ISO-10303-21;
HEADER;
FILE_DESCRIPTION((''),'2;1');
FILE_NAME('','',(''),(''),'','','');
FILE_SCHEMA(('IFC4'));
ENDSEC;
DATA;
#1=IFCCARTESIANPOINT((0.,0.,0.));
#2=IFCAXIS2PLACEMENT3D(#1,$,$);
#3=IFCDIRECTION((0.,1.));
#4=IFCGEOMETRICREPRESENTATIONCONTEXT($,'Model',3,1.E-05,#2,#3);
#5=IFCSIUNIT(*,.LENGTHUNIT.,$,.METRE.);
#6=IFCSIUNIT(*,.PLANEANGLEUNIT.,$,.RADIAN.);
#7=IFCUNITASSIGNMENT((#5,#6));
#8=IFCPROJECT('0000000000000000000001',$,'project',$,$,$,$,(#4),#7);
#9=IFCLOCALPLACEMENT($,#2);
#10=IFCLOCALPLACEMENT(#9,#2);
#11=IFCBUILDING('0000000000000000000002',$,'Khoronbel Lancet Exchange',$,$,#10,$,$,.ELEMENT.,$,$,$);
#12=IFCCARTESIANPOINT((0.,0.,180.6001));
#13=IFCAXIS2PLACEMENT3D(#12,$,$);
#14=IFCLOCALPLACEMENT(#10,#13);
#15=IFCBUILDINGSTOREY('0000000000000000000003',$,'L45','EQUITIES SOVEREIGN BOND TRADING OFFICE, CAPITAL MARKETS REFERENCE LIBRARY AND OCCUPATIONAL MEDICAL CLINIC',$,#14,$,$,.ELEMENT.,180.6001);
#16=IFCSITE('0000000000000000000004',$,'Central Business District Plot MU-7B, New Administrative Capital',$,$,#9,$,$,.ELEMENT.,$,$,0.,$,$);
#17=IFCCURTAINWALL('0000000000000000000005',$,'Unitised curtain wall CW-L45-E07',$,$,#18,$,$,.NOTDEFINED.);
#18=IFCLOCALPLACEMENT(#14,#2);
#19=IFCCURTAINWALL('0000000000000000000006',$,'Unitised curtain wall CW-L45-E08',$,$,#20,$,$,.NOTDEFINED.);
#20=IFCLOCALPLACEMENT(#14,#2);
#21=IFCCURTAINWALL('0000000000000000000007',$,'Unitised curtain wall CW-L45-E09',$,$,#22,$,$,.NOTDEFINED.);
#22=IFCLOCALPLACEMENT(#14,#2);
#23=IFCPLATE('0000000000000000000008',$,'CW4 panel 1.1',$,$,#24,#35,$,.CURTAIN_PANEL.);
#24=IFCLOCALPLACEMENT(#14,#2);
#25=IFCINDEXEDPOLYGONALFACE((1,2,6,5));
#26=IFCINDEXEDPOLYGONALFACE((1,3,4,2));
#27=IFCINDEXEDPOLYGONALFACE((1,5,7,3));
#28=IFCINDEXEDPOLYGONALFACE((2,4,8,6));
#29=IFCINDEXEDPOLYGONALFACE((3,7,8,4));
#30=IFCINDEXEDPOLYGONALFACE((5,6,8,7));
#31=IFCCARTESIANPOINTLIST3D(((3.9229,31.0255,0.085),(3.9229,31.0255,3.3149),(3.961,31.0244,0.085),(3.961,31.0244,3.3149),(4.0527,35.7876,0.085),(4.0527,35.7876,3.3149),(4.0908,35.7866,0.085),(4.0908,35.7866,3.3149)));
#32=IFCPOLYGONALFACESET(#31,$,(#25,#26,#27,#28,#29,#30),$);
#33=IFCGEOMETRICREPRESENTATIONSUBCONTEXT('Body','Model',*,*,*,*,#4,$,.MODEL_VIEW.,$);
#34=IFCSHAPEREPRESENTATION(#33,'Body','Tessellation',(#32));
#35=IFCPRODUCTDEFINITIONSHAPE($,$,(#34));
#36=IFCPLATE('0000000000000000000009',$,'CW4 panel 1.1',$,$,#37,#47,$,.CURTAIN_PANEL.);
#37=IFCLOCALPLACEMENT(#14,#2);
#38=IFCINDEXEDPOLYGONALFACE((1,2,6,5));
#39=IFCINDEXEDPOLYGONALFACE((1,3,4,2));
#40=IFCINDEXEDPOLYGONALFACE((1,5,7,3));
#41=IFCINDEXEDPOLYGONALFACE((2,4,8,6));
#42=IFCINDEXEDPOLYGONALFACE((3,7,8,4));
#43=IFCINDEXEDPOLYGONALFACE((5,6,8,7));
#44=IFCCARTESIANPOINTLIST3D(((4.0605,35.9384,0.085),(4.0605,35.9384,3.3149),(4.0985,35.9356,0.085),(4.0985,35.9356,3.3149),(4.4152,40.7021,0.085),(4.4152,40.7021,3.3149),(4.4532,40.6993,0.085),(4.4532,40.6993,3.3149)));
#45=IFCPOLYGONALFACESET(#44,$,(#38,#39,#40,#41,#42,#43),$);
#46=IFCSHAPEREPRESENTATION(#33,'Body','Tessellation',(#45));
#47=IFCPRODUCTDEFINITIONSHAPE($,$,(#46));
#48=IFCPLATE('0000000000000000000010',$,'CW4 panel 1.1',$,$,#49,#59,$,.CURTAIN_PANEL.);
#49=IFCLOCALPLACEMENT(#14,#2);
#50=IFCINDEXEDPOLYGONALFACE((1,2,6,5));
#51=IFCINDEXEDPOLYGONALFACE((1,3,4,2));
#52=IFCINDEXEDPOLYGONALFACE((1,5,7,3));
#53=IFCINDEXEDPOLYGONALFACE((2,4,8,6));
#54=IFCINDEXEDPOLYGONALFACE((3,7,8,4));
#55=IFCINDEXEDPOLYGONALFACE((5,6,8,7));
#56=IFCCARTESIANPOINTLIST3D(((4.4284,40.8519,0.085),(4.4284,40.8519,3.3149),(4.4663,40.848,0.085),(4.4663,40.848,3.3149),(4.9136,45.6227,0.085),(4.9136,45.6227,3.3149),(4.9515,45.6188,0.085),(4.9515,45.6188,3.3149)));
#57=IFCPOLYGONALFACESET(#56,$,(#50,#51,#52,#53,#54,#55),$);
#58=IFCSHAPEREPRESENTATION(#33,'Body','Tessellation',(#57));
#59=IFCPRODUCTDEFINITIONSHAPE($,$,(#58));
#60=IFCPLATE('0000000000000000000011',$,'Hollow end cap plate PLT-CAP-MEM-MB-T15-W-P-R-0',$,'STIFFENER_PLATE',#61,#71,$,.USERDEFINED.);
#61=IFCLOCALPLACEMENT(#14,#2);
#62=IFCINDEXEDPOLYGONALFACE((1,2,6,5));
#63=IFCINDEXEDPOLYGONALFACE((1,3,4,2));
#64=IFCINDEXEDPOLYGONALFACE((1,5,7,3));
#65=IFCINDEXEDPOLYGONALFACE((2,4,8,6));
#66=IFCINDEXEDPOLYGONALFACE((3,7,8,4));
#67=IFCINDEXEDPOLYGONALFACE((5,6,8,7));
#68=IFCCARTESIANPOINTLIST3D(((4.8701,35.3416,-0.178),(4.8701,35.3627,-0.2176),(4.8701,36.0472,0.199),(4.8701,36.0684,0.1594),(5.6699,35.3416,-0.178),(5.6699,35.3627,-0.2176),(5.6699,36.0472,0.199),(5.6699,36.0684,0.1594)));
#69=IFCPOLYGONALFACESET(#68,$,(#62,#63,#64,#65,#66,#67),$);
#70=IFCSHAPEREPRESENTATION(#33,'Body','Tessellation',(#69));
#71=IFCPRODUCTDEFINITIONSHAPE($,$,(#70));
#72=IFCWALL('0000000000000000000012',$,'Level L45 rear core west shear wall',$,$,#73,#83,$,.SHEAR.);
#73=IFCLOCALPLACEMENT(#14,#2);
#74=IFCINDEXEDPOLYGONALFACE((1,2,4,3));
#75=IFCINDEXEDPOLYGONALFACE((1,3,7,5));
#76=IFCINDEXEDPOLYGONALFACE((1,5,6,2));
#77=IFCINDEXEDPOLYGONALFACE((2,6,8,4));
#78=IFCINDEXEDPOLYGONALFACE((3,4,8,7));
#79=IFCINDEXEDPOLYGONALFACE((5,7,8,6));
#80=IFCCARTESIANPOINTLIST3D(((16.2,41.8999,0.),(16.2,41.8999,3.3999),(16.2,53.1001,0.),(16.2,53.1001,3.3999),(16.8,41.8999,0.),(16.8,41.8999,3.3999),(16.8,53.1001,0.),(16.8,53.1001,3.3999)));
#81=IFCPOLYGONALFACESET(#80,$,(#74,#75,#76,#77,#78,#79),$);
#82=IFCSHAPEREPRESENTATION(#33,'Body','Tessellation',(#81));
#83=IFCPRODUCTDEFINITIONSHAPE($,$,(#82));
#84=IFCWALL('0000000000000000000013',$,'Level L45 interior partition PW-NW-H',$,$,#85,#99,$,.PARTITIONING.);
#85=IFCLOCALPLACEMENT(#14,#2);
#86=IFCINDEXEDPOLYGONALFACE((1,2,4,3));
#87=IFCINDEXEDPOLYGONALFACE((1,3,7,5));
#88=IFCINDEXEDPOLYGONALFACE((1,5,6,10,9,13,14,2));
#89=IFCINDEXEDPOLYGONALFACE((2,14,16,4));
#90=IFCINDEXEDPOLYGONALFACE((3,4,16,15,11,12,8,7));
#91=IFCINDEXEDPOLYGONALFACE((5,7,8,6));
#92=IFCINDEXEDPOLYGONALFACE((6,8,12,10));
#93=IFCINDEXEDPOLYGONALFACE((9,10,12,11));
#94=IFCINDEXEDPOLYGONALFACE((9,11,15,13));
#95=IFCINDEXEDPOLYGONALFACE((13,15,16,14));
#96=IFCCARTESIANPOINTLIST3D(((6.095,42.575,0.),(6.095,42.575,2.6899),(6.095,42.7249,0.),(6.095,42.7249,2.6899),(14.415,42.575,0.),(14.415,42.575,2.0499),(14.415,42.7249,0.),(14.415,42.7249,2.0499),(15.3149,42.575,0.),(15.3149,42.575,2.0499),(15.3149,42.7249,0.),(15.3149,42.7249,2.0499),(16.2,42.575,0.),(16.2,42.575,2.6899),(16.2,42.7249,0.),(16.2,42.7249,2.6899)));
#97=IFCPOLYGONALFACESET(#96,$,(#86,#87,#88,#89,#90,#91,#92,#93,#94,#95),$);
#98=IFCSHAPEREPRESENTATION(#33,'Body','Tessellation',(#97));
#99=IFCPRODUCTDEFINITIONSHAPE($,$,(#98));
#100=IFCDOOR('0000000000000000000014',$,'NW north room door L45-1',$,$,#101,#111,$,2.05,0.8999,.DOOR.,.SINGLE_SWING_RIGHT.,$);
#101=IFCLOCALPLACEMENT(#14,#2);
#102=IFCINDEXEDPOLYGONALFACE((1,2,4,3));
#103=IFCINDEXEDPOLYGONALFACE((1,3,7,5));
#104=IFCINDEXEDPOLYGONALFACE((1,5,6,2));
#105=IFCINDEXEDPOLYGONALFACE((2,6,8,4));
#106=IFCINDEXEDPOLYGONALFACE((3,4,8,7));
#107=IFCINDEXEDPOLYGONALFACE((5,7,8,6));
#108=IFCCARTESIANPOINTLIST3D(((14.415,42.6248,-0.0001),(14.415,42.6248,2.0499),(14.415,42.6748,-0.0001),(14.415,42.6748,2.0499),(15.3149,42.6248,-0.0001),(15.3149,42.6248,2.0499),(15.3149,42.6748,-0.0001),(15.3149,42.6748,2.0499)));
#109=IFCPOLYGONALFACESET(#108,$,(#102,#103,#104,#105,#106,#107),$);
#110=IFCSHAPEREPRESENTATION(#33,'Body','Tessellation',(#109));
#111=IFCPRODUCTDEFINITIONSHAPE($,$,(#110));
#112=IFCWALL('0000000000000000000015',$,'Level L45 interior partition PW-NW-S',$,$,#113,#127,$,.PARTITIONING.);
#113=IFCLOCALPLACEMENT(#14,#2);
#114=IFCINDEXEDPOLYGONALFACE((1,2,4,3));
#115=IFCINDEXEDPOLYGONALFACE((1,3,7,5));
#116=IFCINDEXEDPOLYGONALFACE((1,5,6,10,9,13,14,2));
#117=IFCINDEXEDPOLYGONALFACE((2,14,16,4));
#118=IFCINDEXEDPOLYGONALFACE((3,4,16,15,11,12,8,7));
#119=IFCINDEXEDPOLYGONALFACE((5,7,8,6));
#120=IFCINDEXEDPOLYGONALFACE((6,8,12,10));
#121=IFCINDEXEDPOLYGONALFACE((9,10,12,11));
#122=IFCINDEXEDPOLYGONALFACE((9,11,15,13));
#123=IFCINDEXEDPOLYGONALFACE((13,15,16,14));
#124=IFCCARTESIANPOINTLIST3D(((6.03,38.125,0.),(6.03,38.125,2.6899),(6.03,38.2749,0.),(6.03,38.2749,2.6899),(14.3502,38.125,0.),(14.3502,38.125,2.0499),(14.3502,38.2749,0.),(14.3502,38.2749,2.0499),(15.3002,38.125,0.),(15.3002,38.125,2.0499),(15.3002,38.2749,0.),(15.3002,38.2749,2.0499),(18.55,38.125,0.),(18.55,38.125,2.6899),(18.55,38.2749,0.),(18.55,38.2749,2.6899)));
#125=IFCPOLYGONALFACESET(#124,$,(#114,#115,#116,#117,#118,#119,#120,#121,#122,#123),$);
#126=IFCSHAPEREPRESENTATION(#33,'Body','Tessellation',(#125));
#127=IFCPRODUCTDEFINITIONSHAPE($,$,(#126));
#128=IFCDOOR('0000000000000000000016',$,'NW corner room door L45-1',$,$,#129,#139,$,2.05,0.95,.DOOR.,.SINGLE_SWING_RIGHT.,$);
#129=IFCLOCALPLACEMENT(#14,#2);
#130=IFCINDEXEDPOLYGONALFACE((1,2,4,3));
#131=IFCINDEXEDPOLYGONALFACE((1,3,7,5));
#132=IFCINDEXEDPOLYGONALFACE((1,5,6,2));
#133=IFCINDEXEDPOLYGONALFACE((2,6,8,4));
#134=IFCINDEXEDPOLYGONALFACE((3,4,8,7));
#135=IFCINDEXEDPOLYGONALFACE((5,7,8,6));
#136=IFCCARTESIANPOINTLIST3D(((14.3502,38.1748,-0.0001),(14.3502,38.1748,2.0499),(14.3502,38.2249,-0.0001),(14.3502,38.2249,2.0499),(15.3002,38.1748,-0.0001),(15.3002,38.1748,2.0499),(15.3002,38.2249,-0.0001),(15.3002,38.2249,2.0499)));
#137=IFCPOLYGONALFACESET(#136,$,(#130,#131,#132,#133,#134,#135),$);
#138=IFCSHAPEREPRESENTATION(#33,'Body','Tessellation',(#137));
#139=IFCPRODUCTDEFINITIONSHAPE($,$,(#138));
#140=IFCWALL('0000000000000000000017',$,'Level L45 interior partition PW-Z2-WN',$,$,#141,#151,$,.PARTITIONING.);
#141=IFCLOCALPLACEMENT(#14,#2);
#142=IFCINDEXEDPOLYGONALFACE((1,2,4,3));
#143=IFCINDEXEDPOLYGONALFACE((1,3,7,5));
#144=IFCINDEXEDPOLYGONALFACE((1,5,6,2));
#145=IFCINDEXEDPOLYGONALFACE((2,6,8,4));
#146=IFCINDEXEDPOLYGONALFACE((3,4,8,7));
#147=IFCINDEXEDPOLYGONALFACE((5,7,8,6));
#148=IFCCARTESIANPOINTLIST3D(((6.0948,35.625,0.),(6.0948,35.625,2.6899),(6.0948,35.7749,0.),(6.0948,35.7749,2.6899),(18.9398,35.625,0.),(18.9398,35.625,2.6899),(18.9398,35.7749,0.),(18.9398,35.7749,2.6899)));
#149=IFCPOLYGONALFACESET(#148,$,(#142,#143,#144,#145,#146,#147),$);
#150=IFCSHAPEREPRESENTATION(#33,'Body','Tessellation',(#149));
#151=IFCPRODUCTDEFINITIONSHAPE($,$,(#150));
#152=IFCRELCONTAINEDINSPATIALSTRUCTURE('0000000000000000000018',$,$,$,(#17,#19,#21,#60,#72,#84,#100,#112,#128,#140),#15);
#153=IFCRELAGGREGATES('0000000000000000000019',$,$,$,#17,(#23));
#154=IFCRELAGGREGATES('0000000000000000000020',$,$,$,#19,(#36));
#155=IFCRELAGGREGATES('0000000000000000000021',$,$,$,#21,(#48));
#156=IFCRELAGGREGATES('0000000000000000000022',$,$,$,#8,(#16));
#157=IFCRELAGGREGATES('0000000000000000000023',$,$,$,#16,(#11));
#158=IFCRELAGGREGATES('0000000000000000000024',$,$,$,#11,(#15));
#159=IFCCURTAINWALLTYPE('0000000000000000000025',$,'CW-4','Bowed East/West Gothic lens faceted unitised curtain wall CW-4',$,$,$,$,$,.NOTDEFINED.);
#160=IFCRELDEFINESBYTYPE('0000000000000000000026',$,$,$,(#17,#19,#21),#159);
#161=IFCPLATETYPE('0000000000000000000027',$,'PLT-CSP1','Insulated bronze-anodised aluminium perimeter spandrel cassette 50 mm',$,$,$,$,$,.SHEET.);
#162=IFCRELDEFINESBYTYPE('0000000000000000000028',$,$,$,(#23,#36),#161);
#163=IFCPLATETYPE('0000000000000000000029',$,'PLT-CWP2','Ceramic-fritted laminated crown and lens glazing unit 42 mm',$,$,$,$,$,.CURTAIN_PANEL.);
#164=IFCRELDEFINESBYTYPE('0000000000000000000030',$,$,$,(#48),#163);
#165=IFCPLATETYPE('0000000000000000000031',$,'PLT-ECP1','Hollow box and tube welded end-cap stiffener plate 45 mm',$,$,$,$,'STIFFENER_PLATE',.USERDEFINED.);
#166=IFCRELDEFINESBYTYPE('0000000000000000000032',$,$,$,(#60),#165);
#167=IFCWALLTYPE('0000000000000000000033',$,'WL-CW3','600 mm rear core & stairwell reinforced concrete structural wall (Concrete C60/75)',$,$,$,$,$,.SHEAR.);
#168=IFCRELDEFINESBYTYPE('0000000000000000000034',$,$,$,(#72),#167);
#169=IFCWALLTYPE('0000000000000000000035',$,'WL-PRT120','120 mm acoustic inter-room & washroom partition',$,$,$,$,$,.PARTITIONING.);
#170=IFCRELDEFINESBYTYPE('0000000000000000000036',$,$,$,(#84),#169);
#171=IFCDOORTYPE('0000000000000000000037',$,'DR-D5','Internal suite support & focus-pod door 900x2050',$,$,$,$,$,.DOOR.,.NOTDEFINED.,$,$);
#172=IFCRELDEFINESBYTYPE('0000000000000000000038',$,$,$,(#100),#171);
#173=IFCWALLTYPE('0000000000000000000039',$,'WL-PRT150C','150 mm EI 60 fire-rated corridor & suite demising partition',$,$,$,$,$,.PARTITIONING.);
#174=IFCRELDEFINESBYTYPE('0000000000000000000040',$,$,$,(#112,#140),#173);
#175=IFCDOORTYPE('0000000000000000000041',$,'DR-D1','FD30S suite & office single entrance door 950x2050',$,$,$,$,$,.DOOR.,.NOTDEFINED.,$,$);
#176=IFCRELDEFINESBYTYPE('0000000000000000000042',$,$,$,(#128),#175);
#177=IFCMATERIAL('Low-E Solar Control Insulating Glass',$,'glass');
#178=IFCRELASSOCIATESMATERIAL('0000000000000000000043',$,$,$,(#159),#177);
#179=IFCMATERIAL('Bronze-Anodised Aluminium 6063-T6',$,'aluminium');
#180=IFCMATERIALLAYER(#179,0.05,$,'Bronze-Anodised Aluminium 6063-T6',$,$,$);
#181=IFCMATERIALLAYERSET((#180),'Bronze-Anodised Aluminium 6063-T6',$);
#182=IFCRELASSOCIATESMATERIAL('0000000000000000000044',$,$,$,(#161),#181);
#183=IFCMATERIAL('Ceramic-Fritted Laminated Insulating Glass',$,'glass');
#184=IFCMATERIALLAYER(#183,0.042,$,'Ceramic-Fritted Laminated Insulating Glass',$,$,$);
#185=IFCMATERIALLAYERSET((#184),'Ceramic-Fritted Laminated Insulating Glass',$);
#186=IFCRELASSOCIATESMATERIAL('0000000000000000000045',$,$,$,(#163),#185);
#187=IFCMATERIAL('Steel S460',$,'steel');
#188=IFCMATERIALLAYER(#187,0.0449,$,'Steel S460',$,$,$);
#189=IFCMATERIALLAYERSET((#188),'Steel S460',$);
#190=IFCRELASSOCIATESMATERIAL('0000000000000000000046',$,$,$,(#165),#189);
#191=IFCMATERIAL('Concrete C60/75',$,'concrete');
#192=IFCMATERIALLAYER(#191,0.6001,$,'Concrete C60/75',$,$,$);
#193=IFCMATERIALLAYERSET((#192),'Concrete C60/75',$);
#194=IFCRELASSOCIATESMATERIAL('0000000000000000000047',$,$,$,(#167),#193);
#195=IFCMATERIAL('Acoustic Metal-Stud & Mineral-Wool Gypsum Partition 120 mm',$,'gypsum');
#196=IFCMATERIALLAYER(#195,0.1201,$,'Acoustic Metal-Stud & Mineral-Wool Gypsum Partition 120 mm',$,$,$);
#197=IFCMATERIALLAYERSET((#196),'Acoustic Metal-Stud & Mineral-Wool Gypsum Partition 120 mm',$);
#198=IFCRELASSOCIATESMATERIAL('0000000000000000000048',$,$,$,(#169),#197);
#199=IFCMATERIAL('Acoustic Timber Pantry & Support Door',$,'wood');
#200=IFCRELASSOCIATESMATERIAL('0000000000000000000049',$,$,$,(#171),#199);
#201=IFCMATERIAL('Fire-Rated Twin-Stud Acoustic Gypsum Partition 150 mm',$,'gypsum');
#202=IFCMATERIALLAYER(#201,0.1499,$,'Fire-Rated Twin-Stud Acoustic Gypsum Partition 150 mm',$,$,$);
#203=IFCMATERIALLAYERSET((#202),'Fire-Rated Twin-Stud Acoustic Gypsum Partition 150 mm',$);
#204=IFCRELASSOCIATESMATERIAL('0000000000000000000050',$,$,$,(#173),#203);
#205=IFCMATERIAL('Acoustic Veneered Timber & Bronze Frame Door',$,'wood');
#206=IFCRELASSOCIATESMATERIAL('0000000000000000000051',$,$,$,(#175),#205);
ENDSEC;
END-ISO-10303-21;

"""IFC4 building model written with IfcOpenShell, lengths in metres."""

from ifc_helpers import new_model, si_unit, direction, frame, frame_2d, origin, origin_2d, place, context, subcontext, project, spatial, polyline, rectangle, outline, extrude, material, layer, layer_set, type_object, element, fill, aggregate, save


model = new_model("IFC4")

# Units and contexts
model_context = context("Model", 3, precision=1e-05, world=origin(), true_north=direction((0.0, 1.0)))
body_context = subcontext(model_context, "Body", "Model", "MODEL_VIEW")
ifc_project = project(units=[si_unit("LENGTHUNIT", "METRE"), si_unit("PLANEANGLEUNIT", "RADIAN")], contexts=[model_context])

# Site, building, storey
site_placement = place(None, origin())
site = spatial("IfcSite", under=ifc_project, at=site_placement, Name="Central Business District Plot MU-7B, New Administrative Capital", CompositionType="ELEMENT", RefElevation=0.0)
building_placement = place(site_placement, origin())
building = spatial("IfcBuilding", under=site, at=building_placement, Name="Khoronbel Lancet Exchange", CompositionType="ELEMENT")
storey_placement = place(building_placement, frame((0.0, 0.0, 180.6001)))
storey = spatial("IfcBuildingStorey", under=building, at=storey_placement, Name="L45", Description="EQUITIES SOVEREIGN BOND TRADING OFFICE, CAPITAL MARKETS REFERENCE LIBRARY AND OCCUPATIONAL MEDICAL CLINIC", CompositionType="ELEMENT", Elevation=180.6001)

# Shared definitions
ifc_material_1 = material(Name="Steel S460", Category="steel")

# Curtain wall
ifc_material_2 = material(Name="Low-E Solar Control Insulating Glass", Category="glass")
curtain_wall_type = type_object("IfcCurtainWallType", Name="CW-4", Description="Bowed East/West Gothic lens faceted unitised curtain wall CW-4", PredefinedType="NOTDEFINED", material=ifc_material_2)
curtain_wall_1_placement = place(storey_placement, origin())
curtain_wall_1 = element("IfcCurtainWall", 1, at=curtain_wall_1_placement, inside=storey, type_object=curtain_wall_type, Name="Unitised curtain wall CW-L45-E07", PredefinedType="NOTDEFINED")
ifc_material_3 = material(Name="Bronze-Anodised Aluminium 6063-T6", Category="aluminium")

# Curtain wall
curtain_wall_2_placement = place(storey_placement, origin())
curtain_wall_2 = element("IfcCurtainWall", 2, at=curtain_wall_2_placement, inside=storey, type_object=curtain_wall_type, Name="Unitised curtain wall CW-L45-E08", PredefinedType="NOTDEFINED")

# Curtain wall
curtain_wall_3_placement = place(storey_placement, origin())
curtain_wall_3 = element("IfcCurtainWall", 3, at=curtain_wall_3_placement, inside=storey, type_object=curtain_wall_type, Name="Unitised curtain wall CW-L45-E09", PredefinedType="NOTDEFINED")

# Plates
ifc_layer_1 = layer(ifc_material_3, 0.05, Name="Bronze-Anodised Aluminium 6063-T6")
ifc_layer_set_1 = layer_set([ifc_layer_1], Name="Bronze-Anodised Aluminium 6063-T6")
plate_type_1 = type_object("IfcPlateType", Name="PLT-CSP1", Description="Insulated bronze-anodised aluminium perimeter spandrel cassette 50 mm", PredefinedType="SHEET", material=ifc_layer_set_1)
plate_1_placement = place(storey_placement, frame((4.0068, 33.406, 0.085), z_axis=(0.0, 0.0, 1.0), x_axis=(0.027249, 0.999629, 0.0)))
plate_1 = element("IfcPlate", 4, at=plate_1_placement, type_object=plate_type_1, Name="CW4 panel 1.1", PredefinedType="CURTAIN_PANEL", context=body_context, shape_type="SweptSolid", body=[
    extrude(rectangle(XDim=4.7639, YDim=0.0381, at=origin_2d()), origin(), (0.0, 0.0, 1.0), 3.23),
])
aggregate(curtain_wall_1, [plate_1])
plate_2_placement = place(storey_placement, frame((4.2568, 38.3188, 0.085), z_axis=(0.0, 0.0, 1.0), x_axis=(0.074245, 0.99724, 0.0)))
plate_2 = element("IfcPlate", 5, at=plate_2_placement, type_object=plate_type_1, Name="CW4 panel 1.1", PredefinedType="CURTAIN_PANEL", context=body_context, shape_type="SweptSolid", body=[
    extrude(rectangle(XDim=4.7769, YDim=0.0381, at=origin_2d()), origin(), (0.0, 0.0, 1.0), 3.23),
])
aggregate(curtain_wall_2, [plate_2])
ifc_material_4 = material(Name="Ceramic-Fritted Laminated Insulating Glass", Category="glass")
ifc_layer_2 = layer(ifc_material_4, 0.042, Name="Ceramic-Fritted Laminated Insulating Glass")
ifc_layer_set_2 = layer_set([ifc_layer_2], Name="Ceramic-Fritted Laminated Insulating Glass")
plate_type_2 = type_object("IfcPlateType", Name="PLT-CWP2", Description="Ceramic-fritted laminated crown and lens glazing unit 42 mm", PredefinedType="CURTAIN_PANEL", material=ifc_layer_set_2)
plate_3_placement = place(storey_placement, frame((4.6899, 43.2354, 0.085), z_axis=(0.0, 0.0, 1.0), x_axis=(0.101165, 0.99487, 0.0)))
plate_3 = element("IfcPlate", 6, at=plate_3_placement, type_object=plate_type_2, Name="CW4 panel 1.1", PredefinedType="CURTAIN_PANEL", context=body_context, shape_type="SweptSolid", body=[
    extrude(rectangle(XDim=4.7954, YDim=0.0381, at=origin_2d()), origin(), (0.0, 0.0, 1.0), 3.23),
])
aggregate(curtain_wall_3, [plate_3])
ifc_layer_3 = layer(ifc_material_1, 0.0449, Name="Steel S460")
ifc_layer_set_3 = layer_set([ifc_layer_3], Name="Steel S460")
plate_type_3 = type_object("IfcPlateType", Name="PLT-ECP1", Description="Hollow box and tube welded end-cap stiffener plate 45 mm", ElementType="STIFFENER_PLATE", PredefinedType="USERDEFINED", material=ifc_layer_set_3)
plate_4_placement = place(storey_placement, frame((4.8701, 35.3416, -0.178), z_axis=(0.0, -0.471222, 0.882015), x_axis=(1.0, 0.0, 0.0)))
element("IfcPlate", 7, at=plate_4_placement, inside=storey, type_object=plate_type_3, Name="Hollow end cap plate PLT-CAP-MEM-MB-T15-W-P-R-0", ObjectType="STIFFENER_PLATE", PredefinedType="USERDEFINED", context=body_context, shape_type="SweptSolid", body=[
    extrude(outline(polyline([(0.0, 0.0), (0.7998, 0.0), (0.7998, 0.8), (0.0, 0.8), (0.0, 0.0)])), origin(), (0.0, 0.0, -1.0), 0.0449),
])

# Wall
ifc_material_5 = material(Name="Concrete C60/75", Category="concrete")
ifc_layer_4 = layer(ifc_material_5, 0.6001, Name="Concrete C60/75")
ifc_layer_set_4 = layer_set([ifc_layer_4], Name="Concrete C60/75")
wall_type_1 = type_object("IfcWallType", Name="WL-CW3", Description="600 mm rear core & stairwell reinforced concrete structural wall (Concrete C60/75)", PredefinedType="SHEAR", material=ifc_layer_set_4)
wall_1_placement = place(storey_placement, frame((16.5, 41.8999, 0.0), z_axis=(0.0, 0.0, 1.0), x_axis=(0.0, 1.0, 0.0)))
element("IfcWall", 8, at=wall_1_placement, inside=storey, type_object=wall_type_1, Name="Level L45 rear core west shear wall", PredefinedType="SHEAR", context=body_context, shape_type="SweptSolid", body=[
    extrude(rectangle(XDim=11.2002, YDim=0.6001, at=frame_2d((5.6001, 0.0))), origin(), (0.0, 0.0, 1.0), 3.3999),
])

# Walls, openings, doors
ifc_material_6 = material(Name="Acoustic Metal-Stud & Mineral-Wool Gypsum Partition 120 mm", Category="gypsum")
ifc_layer_5 = layer(ifc_material_6, 0.1201, Name="Acoustic Metal-Stud & Mineral-Wool Gypsum Partition 120 mm")
ifc_layer_set_5 = layer_set([ifc_layer_5], Name="Acoustic Metal-Stud & Mineral-Wool Gypsum Partition 120 mm")
wall_type_2 = type_object("IfcWallType", Name="WL-PRT120", Description="120 mm acoustic inter-room & washroom partition", PredefinedType="PARTITIONING", material=ifc_layer_set_5)
wall_2_placement = place(storey_placement, frame((6.095, 42.6499, 0.0), z_axis=(0.0, 0.0, 1.0), x_axis=(1.0, 0.0, 0.0)))
wall_2 = element("IfcWall", 9, at=wall_2_placement, inside=storey, type_object=wall_type_2, Name="Level L45 interior partition PW-NW-H", PredefinedType="PARTITIONING", context=body_context, shape_type="SweptSolid", body=[
    extrude(rectangle(XDim=10.105, YDim=0.1499, at=frame_2d((5.0525, 0.0))), origin(), (0.0, 0.0, 1.0), 2.6899),
])
opening_1_placement = place(wall_2_placement, frame((8.3201, 0.0, 0.0)))
opening_1 = element("IfcOpeningElement", 10, at=opening_1_placement, cuts=wall_2, PredefinedType="OPENING", context=body_context, shape_type="SweptSolid", body=[
    extrude(rectangle(XDim=0.8999, YDim=2.05, at=frame_2d((0.45, 1.0249))), frame((0.0, 0.085, 0.0), z_axis=(0.0, -1.0, 0.0), x_axis=(1.0, 0.0, 0.0)), (0.0, 0.0, 1.0), 0.1699),
])
ifc_material_7 = material(Name="Acoustic Timber Pantry & Support Door", Category="wood")
door_type_1 = type_object("IfcDoorType", Name="DR-D5", Description="Internal suite support & focus-pod door 900x2050", OperationType="NOTDEFINED", PredefinedType="DOOR", material=ifc_material_7)
door_1_placement = place(opening_1_placement, origin())
door_1 = element("IfcDoor", 11, at=door_1_placement, inside=storey, type_object=door_type_1, Name="NW north room door L45-1", OperationType="SINGLE_SWING_RIGHT", OverallHeight=2.05, OverallWidth=0.8999, PredefinedType="DOOR", context=body_context, shape_type="SweptSolid", body=[
    extrude(rectangle(XDim=0.8999, YDim=2.05, at=frame_2d((0.45, 1.0249))), frame((0.0, 0.0249, 0.0), z_axis=(0.0, -1.0, 0.0), x_axis=(1.0, 0.0, 0.0)), (0.0, 0.0, 1.0), 0.05),
])
fill(opening_1, door_1)
ifc_material_8 = material(Name="Fire-Rated Twin-Stud Acoustic Gypsum Partition 150 mm", Category="gypsum")
ifc_layer_6 = layer(ifc_material_8, 0.1499, Name="Fire-Rated Twin-Stud Acoustic Gypsum Partition 150 mm")
ifc_layer_set_6 = layer_set([ifc_layer_6], Name="Fire-Rated Twin-Stud Acoustic Gypsum Partition 150 mm")
wall_type_3 = type_object("IfcWallType", Name="WL-PRT150C", Description="150 mm EI 60 fire-rated corridor & suite demising partition", PredefinedType="PARTITIONING", material=ifc_layer_set_6)
wall_3_placement = place(storey_placement, frame((6.03, 38.2, 0.0), z_axis=(0.0, 0.0, 1.0), x_axis=(1.0, 0.0, 0.0)))
wall_3 = element("IfcWall", 12, at=wall_3_placement, inside=storey, type_object=wall_type_3, Name="Level L45 interior partition PW-NW-S", PredefinedType="PARTITIONING", context=body_context, shape_type="SweptSolid", body=[
    extrude(rectangle(XDim=12.52, YDim=0.1499, at=frame_2d((6.26, 0.0))), origin(), (0.0, 0.0, 1.0), 2.6899),
])
opening_2_placement = place(wall_3_placement, frame((8.3201, 0.0, 0.0)))
opening_2 = element("IfcOpeningElement", 13, at=opening_2_placement, cuts=wall_3, PredefinedType="OPENING", context=body_context, shape_type="SweptSolid", body=[
    extrude(rectangle(XDim=0.95, YDim=2.05, at=frame_2d((0.4751, 1.0249))), frame((0.0, 0.085, 0.0), z_axis=(0.0, -1.0, 0.0), x_axis=(1.0, 0.0, 0.0)), (0.0, 0.0, 1.0), 0.1699),
])
ifc_material_9 = material(Name="Acoustic Veneered Timber & Bronze Frame Door", Category="wood")
door_type_2 = type_object("IfcDoorType", Name="DR-D1", Description="FD30S suite & office single entrance door 950x2050", OperationType="NOTDEFINED", PredefinedType="DOOR", material=ifc_material_9)
door_2_placement = place(opening_2_placement, origin())
door_2 = element("IfcDoor", 14, at=door_2_placement, inside=storey, type_object=door_type_2, Name="NW corner room door L45-1", OperationType="SINGLE_SWING_RIGHT", OverallHeight=2.05, OverallWidth=0.95, PredefinedType="DOOR", context=body_context, shape_type="SweptSolid", body=[
    extrude(rectangle(XDim=0.95, YDim=2.05, at=frame_2d((0.4751, 1.0249))), frame((0.0, 0.0249, 0.0), z_axis=(0.0, -1.0, 0.0), x_axis=(1.0, 0.0, 0.0)), (0.0, 0.0, 1.0), 0.05),
])
fill(opening_2, door_2)

# Wall
wall_4_placement = place(storey_placement, frame((6.095, 35.7, 0.0), z_axis=(0.0, 0.0, 1.0), x_axis=(1.0, 0.0, 0.0)))
element("IfcWall", 15, at=wall_4_placement, inside=storey, type_object=wall_type_3, Name="Level L45 interior partition PW-Z2-WN", PredefinedType="PARTITIONING", context=body_context, shape_type="SweptSolid", body=[
    extrude(rectangle(XDim=12.845, YDim=0.1499, at=frame_2d((6.4224, 0.0))), origin(), (0.0, 0.0, 1.0), 2.6899),
])

save(model, "model.ifc")
